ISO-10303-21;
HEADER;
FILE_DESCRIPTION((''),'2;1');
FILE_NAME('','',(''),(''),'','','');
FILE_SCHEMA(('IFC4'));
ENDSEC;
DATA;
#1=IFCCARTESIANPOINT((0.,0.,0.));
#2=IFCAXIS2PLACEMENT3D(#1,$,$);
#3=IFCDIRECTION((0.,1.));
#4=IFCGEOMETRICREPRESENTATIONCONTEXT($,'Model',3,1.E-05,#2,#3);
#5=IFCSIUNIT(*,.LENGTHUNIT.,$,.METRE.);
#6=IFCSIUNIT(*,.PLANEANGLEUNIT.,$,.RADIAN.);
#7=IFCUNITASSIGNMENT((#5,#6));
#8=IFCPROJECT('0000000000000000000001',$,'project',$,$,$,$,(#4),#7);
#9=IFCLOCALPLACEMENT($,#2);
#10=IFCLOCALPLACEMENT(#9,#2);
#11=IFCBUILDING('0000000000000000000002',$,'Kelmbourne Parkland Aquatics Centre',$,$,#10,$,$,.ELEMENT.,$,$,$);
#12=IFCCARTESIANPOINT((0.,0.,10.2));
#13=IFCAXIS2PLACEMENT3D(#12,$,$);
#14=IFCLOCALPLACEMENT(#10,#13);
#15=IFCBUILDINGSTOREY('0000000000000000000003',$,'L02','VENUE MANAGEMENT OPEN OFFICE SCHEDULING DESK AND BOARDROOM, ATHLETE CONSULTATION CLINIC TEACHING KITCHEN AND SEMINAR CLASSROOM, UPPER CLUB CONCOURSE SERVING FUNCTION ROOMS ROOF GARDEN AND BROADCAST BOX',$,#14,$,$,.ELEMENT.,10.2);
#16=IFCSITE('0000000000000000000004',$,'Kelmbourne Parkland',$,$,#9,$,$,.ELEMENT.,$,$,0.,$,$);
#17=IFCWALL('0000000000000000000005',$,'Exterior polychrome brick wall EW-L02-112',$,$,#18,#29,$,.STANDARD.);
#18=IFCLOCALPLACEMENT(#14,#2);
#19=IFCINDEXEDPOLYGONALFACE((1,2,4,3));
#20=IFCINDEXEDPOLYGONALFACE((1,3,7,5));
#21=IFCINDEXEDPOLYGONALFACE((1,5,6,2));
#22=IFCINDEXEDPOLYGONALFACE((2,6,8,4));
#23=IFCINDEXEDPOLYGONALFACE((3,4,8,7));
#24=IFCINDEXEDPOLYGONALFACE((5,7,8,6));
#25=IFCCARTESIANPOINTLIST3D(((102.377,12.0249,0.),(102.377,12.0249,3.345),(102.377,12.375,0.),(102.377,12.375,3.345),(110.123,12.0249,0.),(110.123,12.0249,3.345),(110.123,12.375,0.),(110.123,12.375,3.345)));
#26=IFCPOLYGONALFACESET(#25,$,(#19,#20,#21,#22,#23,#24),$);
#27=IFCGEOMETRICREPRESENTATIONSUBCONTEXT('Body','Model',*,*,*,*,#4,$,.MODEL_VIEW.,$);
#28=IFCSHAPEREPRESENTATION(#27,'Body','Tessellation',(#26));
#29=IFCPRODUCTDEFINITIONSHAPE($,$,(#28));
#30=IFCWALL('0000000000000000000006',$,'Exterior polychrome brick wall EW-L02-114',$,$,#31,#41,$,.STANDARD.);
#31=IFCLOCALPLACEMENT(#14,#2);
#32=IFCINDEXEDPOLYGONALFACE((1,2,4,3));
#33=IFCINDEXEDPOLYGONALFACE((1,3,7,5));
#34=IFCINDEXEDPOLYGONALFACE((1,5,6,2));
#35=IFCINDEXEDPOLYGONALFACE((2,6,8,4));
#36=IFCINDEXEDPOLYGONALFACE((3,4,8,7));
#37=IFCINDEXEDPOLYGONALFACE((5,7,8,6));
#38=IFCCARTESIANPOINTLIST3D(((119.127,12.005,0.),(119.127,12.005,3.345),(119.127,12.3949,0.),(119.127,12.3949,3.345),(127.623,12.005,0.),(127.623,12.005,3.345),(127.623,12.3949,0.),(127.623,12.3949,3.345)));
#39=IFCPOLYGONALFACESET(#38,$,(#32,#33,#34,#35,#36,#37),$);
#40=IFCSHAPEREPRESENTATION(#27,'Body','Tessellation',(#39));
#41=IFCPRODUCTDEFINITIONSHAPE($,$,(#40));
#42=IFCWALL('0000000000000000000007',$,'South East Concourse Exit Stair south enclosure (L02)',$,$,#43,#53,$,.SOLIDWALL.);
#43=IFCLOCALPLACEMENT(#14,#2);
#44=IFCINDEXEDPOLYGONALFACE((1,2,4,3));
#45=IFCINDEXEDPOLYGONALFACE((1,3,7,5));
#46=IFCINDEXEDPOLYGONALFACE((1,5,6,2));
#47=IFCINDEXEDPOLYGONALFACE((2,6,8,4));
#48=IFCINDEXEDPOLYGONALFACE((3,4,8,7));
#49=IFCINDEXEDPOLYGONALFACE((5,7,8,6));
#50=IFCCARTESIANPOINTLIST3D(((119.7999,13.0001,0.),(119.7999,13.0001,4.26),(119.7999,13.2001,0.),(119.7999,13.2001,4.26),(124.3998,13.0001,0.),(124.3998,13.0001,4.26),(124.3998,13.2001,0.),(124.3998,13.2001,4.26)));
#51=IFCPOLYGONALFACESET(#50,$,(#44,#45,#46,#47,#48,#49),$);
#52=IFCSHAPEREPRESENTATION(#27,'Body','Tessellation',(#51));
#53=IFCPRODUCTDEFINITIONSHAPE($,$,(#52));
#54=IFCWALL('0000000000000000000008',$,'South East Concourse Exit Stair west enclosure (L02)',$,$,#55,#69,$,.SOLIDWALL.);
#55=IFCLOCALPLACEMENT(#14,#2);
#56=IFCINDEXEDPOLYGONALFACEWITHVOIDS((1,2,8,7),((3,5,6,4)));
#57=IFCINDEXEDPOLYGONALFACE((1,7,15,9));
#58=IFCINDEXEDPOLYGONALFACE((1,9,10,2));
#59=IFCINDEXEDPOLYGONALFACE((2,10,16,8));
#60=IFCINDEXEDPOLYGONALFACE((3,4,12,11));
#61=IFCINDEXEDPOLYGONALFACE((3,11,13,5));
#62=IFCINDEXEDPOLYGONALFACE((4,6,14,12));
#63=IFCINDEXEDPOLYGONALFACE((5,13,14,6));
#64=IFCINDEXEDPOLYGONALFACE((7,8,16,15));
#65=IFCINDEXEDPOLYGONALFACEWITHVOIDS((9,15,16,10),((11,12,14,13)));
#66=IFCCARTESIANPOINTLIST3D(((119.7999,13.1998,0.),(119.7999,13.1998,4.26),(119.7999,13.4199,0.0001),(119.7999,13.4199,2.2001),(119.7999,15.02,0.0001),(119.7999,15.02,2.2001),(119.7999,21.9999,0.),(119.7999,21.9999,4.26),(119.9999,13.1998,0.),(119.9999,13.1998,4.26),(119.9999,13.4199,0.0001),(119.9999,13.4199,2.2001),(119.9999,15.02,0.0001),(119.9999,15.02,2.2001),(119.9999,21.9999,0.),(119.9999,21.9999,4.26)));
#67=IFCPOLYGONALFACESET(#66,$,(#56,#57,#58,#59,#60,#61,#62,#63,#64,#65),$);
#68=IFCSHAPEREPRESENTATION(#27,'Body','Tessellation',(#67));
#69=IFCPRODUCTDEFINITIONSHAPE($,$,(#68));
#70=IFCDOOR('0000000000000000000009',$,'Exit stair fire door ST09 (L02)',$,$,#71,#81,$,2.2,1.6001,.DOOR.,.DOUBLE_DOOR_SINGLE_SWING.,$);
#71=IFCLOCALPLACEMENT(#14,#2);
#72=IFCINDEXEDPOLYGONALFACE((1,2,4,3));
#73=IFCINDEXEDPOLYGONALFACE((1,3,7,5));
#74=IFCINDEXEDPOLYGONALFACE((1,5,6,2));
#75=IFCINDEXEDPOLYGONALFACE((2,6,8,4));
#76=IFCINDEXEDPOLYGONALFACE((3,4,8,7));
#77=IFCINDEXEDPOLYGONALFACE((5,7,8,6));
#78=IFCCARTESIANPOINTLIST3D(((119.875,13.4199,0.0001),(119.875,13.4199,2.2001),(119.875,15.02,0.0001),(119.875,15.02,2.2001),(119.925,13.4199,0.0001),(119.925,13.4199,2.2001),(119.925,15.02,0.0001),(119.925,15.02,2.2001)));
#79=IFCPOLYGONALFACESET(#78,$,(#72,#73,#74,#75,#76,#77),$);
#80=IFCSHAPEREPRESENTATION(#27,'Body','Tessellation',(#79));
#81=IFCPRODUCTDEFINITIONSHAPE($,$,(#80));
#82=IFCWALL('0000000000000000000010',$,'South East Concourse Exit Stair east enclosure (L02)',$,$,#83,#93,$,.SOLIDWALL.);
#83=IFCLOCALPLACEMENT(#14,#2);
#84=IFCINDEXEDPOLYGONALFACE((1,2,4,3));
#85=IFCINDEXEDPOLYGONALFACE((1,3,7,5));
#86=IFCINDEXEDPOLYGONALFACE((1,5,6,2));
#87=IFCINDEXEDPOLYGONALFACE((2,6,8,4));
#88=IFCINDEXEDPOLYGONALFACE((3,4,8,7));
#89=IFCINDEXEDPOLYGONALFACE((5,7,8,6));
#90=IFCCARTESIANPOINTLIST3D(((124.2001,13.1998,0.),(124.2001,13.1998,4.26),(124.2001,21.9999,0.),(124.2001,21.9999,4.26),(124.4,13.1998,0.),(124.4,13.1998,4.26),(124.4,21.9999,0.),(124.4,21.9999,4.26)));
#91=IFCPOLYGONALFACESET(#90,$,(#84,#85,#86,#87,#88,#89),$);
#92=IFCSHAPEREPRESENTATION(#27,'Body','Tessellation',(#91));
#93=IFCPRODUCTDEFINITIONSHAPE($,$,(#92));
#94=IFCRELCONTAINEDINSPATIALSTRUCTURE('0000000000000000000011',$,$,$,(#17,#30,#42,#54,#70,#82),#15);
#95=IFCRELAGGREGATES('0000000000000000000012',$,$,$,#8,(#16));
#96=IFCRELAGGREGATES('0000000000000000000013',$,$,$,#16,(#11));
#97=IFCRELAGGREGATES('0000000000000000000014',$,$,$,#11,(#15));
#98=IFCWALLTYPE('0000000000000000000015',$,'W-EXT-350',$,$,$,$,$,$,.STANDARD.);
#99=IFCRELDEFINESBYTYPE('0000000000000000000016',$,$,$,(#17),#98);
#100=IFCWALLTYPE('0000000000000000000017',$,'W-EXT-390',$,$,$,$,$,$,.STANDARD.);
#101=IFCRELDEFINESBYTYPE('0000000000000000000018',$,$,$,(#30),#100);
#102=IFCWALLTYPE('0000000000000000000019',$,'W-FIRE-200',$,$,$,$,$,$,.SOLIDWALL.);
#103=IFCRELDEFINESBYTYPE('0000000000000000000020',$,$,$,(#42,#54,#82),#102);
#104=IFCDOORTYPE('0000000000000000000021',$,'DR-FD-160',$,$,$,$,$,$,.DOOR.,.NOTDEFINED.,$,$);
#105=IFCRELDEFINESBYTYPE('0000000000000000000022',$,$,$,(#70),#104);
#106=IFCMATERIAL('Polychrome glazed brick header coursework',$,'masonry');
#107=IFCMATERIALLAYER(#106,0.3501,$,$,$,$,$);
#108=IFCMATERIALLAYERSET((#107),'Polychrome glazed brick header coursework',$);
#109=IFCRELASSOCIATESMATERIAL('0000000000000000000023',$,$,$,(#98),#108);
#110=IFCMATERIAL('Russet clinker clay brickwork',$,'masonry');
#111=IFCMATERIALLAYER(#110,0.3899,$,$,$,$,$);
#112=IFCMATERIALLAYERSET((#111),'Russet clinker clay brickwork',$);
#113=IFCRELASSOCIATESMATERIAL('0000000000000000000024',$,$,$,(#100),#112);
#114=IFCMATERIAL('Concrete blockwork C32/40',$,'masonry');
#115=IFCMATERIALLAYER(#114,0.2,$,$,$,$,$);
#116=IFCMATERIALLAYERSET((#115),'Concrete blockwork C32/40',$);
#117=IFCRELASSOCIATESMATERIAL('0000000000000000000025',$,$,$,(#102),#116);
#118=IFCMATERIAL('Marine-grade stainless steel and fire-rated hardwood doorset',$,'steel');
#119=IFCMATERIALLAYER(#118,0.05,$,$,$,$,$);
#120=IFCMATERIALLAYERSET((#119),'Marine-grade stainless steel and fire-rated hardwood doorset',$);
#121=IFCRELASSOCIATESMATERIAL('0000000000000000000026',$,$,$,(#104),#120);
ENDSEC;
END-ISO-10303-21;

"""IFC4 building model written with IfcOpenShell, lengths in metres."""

from ifc_helpers import new_model, si_unit, direction, frame, frame_2d, origin, place, context, subcontext, project, spatial, rectangle, extrude, material, layer, layer_set, type_object, element, fill, save


model = new_model("IFC4")

# Units and contexts
model_context = context("Model", 3, precision=1e-05, world=origin(), true_north=direction((0.0, 1.0)))
body_context = subcontext(model_context, "Body", "Model", "MODEL_VIEW")
ifc_project = project(units=[si_unit("LENGTHUNIT", "METRE"), si_unit("PLANEANGLEUNIT", "RADIAN")], contexts=[model_context])

# Site, building, storey
site_placement = place(None, origin())
site = spatial("IfcSite", under=ifc_project, at=site_placement, Name="Kelmbourne Parkland", CompositionType="ELEMENT", RefElevation=0.0)
building_placement = place(site_placement, origin())
building = spatial("IfcBuilding", under=site, at=building_placement, Name="Kelmbourne Parkland Aquatics Centre", CompositionType="ELEMENT")
storey_placement = place(building_placement, frame((0.0, 0.0, 10.2)))
storey = spatial("IfcBuildingStorey", under=building, at=storey_placement, Name="L02", Description="VENUE MANAGEMENT OPEN OFFICE SCHEDULING DESK AND BOARDROOM, ATHLETE CONSULTATION CLINIC TEACHING KITCHEN AND SEMINAR CLASSROOM, UPPER CLUB CONCOURSE SERVING FUNCTION ROOMS ROOF GARDEN AND BROADCAST BOX", CompositionType="ELEMENT", Elevation=10.2)

# Walls
ifc_material_1 = material(Name="Russet clinker clay brickwork", Category="masonry")
ifc_material_2 = material(Name="Polychrome glazed brick header coursework", Category="masonry")
ifc_layer_1 = layer(ifc_material_2, 0.3501)
ifc_layer_set_1 = layer_set([ifc_layer_1], Name="Polychrome glazed brick header coursework")
wall_type_1 = type_object("IfcWallType", Name="W-EXT-350", PredefinedType="STANDARD", material=ifc_layer_set_1)
wall_1_placement = place(storey_placement, frame((102.377, 12.2, 0.0), z_axis=(0.0, 0.0, 1.0), x_axis=(1.0, 0.0, 0.0)))
element("IfcWall", 1, at=wall_1_placement, inside=storey, type_object=wall_type_1, Name="Exterior polychrome brick wall EW-L02-112", PredefinedType="STANDARD", context=body_context, shape_type="SweptSolid", body=[
    extrude(rectangle(XDim=7.7461, YDim=0.3501, at=frame_2d((3.873, 0.0))), origin(), (0.0, 0.0, 1.0), 3.345),
])
ifc_layer_2 = layer(ifc_material_1, 0.3899)
ifc_layer_set_2 = layer_set([ifc_layer_2], Name="Russet clinker clay brickwork")
wall_type_2 = type_object("IfcWallType", Name="W-EXT-390", PredefinedType="STANDARD", material=ifc_layer_set_2)
wall_2_placement = place(storey_placement, frame((119.127, 12.2, 0.0), z_axis=(0.0, 0.0, 1.0), x_axis=(1.0, 0.0, 0.0)))
element("IfcWall", 2, at=wall_2_placement, inside=storey, type_object=wall_type_2, Name="Exterior polychrome brick wall EW-L02-114", PredefinedType="STANDARD", context=body_context, shape_type="SweptSolid", body=[
    extrude(rectangle(XDim=8.4961, YDim=0.3899, at=frame_2d((4.248, 0.0))), origin(), (0.0, 0.0, 1.0), 3.345),
])
ifc_material_3 = material(Name="Concrete blockwork C32/40", Category="masonry")
ifc_layer_3 = layer(ifc_material_3, 0.2)
ifc_layer_set_3 = layer_set([ifc_layer_3], Name="Concrete blockwork C32/40")
wall_type_3 = type_object("IfcWallType", Name="W-FIRE-200", PredefinedType="SOLIDWALL", material=ifc_layer_set_3)
wall_3_placement = place(storey_placement, frame((119.8, 13.1001, 0.0), z_axis=(0.0, 0.0, 1.0), x_axis=(1.0, 0.0, 0.0)))
element("IfcWall", 3, at=wall_3_placement, inside=storey, type_object=wall_type_3, Name="South East Concourse Exit Stair south enclosure (L02)", PredefinedType="SOLIDWALL", context=body_context, shape_type="SweptSolid", body=[
    extrude(rectangle(XDim=4.5999, YDim=0.2, at=frame_2d((2.2998, 0.0))), origin(), (0.0, 0.0, 1.0), 4.26),
])

# Wall, opening, door
wall_4_placement = place(storey_placement, frame((119.8999, 13.2, 0.0), z_axis=(0.0, 0.0, 1.0), x_axis=(0.0, 1.0, 0.0)))
wall_4 = element("IfcWall", 4, at=wall_4_placement, inside=storey, type_object=wall_type_3, Name="South East Concourse Exit Stair west enclosure (L02)", PredefinedType="SOLIDWALL", context=body_context, shape_type="SweptSolid", body=[
    extrude(rectangle(XDim=8.8, YDim=0.2, at=frame_2d((4.3999, 0.0))), origin(), (0.0, 0.0, 1.0), 4.26),
])
opening_placement = place(wall_4_placement, frame((0.22, 0.0, 0.0)))
opening = element("IfcOpeningElement", 5, at=opening_placement, cuts=wall_4, PredefinedType="OPENING", context=body_context, shape_type="SweptSolid", body=[
    extrude(rectangle(XDim=1.6001, YDim=2.2, at=frame_2d((0.8, 1.1001))), frame((0.0, 0.1118, 0.0), z_axis=(0.0, -1.0, 0.0), x_axis=(1.0, 0.0, 0.0)), (0.0, 0.0, 1.0), 0.2239),
])
ifc_material_4 = material(Name="Marine-grade stainless steel and fire-rated hardwood doorset", Category="steel")
ifc_layer_4 = layer(ifc_material_4, 0.05)
ifc_layer_set_4 = layer_set([ifc_layer_4], Name="Marine-grade stainless steel and fire-rated hardwood doorset")
door_type = type_object("IfcDoorType", Name="DR-FD-160", OperationType="NOTDEFINED", PredefinedType="DOOR", material=ifc_layer_set_4)
door_placement = place(opening_placement, origin())
door = element("IfcDoor", 6, at=door_placement, inside=storey, type_object=door_type, Name="Exit stair fire door ST09 (L02)", OperationType="DOUBLE_DOOR_SINGLE_SWING", OverallHeight=2.2, OverallWidth=1.6001, PredefinedType="DOOR", context=body_context, shape_type="SweptSolid", body=[
    extrude(rectangle(XDim=1.6001, YDim=2.2, at=frame_2d((0.8, 1.1001))), frame((0.0, 0.0249, 0.0), z_axis=(0.0, -1.0, 0.0), x_axis=(1.0, 0.0, 0.0)), (0.0, 0.0, 1.0), 0.05),
])
fill(opening, door)

# Wall
wall_5_placement = place(storey_placement, frame((124.3, 13.2, 0.0), z_axis=(0.0, 0.0, 1.0), x_axis=(0.0, 1.0, 0.0)))
element("IfcWall", 7, at=wall_5_placement, inside=storey, type_object=wall_type_3, Name="South East Concourse Exit Stair east enclosure (L02)", PredefinedType="SOLIDWALL", context=body_context, shape_type="SweptSolid", body=[
    extrude(rectangle(XDim=8.8, YDim=0.2, at=frame_2d((4.3999, 0.0))), origin(), (0.0, 0.0, 1.0), 4.26),
])

save(model, "model.ifc")
